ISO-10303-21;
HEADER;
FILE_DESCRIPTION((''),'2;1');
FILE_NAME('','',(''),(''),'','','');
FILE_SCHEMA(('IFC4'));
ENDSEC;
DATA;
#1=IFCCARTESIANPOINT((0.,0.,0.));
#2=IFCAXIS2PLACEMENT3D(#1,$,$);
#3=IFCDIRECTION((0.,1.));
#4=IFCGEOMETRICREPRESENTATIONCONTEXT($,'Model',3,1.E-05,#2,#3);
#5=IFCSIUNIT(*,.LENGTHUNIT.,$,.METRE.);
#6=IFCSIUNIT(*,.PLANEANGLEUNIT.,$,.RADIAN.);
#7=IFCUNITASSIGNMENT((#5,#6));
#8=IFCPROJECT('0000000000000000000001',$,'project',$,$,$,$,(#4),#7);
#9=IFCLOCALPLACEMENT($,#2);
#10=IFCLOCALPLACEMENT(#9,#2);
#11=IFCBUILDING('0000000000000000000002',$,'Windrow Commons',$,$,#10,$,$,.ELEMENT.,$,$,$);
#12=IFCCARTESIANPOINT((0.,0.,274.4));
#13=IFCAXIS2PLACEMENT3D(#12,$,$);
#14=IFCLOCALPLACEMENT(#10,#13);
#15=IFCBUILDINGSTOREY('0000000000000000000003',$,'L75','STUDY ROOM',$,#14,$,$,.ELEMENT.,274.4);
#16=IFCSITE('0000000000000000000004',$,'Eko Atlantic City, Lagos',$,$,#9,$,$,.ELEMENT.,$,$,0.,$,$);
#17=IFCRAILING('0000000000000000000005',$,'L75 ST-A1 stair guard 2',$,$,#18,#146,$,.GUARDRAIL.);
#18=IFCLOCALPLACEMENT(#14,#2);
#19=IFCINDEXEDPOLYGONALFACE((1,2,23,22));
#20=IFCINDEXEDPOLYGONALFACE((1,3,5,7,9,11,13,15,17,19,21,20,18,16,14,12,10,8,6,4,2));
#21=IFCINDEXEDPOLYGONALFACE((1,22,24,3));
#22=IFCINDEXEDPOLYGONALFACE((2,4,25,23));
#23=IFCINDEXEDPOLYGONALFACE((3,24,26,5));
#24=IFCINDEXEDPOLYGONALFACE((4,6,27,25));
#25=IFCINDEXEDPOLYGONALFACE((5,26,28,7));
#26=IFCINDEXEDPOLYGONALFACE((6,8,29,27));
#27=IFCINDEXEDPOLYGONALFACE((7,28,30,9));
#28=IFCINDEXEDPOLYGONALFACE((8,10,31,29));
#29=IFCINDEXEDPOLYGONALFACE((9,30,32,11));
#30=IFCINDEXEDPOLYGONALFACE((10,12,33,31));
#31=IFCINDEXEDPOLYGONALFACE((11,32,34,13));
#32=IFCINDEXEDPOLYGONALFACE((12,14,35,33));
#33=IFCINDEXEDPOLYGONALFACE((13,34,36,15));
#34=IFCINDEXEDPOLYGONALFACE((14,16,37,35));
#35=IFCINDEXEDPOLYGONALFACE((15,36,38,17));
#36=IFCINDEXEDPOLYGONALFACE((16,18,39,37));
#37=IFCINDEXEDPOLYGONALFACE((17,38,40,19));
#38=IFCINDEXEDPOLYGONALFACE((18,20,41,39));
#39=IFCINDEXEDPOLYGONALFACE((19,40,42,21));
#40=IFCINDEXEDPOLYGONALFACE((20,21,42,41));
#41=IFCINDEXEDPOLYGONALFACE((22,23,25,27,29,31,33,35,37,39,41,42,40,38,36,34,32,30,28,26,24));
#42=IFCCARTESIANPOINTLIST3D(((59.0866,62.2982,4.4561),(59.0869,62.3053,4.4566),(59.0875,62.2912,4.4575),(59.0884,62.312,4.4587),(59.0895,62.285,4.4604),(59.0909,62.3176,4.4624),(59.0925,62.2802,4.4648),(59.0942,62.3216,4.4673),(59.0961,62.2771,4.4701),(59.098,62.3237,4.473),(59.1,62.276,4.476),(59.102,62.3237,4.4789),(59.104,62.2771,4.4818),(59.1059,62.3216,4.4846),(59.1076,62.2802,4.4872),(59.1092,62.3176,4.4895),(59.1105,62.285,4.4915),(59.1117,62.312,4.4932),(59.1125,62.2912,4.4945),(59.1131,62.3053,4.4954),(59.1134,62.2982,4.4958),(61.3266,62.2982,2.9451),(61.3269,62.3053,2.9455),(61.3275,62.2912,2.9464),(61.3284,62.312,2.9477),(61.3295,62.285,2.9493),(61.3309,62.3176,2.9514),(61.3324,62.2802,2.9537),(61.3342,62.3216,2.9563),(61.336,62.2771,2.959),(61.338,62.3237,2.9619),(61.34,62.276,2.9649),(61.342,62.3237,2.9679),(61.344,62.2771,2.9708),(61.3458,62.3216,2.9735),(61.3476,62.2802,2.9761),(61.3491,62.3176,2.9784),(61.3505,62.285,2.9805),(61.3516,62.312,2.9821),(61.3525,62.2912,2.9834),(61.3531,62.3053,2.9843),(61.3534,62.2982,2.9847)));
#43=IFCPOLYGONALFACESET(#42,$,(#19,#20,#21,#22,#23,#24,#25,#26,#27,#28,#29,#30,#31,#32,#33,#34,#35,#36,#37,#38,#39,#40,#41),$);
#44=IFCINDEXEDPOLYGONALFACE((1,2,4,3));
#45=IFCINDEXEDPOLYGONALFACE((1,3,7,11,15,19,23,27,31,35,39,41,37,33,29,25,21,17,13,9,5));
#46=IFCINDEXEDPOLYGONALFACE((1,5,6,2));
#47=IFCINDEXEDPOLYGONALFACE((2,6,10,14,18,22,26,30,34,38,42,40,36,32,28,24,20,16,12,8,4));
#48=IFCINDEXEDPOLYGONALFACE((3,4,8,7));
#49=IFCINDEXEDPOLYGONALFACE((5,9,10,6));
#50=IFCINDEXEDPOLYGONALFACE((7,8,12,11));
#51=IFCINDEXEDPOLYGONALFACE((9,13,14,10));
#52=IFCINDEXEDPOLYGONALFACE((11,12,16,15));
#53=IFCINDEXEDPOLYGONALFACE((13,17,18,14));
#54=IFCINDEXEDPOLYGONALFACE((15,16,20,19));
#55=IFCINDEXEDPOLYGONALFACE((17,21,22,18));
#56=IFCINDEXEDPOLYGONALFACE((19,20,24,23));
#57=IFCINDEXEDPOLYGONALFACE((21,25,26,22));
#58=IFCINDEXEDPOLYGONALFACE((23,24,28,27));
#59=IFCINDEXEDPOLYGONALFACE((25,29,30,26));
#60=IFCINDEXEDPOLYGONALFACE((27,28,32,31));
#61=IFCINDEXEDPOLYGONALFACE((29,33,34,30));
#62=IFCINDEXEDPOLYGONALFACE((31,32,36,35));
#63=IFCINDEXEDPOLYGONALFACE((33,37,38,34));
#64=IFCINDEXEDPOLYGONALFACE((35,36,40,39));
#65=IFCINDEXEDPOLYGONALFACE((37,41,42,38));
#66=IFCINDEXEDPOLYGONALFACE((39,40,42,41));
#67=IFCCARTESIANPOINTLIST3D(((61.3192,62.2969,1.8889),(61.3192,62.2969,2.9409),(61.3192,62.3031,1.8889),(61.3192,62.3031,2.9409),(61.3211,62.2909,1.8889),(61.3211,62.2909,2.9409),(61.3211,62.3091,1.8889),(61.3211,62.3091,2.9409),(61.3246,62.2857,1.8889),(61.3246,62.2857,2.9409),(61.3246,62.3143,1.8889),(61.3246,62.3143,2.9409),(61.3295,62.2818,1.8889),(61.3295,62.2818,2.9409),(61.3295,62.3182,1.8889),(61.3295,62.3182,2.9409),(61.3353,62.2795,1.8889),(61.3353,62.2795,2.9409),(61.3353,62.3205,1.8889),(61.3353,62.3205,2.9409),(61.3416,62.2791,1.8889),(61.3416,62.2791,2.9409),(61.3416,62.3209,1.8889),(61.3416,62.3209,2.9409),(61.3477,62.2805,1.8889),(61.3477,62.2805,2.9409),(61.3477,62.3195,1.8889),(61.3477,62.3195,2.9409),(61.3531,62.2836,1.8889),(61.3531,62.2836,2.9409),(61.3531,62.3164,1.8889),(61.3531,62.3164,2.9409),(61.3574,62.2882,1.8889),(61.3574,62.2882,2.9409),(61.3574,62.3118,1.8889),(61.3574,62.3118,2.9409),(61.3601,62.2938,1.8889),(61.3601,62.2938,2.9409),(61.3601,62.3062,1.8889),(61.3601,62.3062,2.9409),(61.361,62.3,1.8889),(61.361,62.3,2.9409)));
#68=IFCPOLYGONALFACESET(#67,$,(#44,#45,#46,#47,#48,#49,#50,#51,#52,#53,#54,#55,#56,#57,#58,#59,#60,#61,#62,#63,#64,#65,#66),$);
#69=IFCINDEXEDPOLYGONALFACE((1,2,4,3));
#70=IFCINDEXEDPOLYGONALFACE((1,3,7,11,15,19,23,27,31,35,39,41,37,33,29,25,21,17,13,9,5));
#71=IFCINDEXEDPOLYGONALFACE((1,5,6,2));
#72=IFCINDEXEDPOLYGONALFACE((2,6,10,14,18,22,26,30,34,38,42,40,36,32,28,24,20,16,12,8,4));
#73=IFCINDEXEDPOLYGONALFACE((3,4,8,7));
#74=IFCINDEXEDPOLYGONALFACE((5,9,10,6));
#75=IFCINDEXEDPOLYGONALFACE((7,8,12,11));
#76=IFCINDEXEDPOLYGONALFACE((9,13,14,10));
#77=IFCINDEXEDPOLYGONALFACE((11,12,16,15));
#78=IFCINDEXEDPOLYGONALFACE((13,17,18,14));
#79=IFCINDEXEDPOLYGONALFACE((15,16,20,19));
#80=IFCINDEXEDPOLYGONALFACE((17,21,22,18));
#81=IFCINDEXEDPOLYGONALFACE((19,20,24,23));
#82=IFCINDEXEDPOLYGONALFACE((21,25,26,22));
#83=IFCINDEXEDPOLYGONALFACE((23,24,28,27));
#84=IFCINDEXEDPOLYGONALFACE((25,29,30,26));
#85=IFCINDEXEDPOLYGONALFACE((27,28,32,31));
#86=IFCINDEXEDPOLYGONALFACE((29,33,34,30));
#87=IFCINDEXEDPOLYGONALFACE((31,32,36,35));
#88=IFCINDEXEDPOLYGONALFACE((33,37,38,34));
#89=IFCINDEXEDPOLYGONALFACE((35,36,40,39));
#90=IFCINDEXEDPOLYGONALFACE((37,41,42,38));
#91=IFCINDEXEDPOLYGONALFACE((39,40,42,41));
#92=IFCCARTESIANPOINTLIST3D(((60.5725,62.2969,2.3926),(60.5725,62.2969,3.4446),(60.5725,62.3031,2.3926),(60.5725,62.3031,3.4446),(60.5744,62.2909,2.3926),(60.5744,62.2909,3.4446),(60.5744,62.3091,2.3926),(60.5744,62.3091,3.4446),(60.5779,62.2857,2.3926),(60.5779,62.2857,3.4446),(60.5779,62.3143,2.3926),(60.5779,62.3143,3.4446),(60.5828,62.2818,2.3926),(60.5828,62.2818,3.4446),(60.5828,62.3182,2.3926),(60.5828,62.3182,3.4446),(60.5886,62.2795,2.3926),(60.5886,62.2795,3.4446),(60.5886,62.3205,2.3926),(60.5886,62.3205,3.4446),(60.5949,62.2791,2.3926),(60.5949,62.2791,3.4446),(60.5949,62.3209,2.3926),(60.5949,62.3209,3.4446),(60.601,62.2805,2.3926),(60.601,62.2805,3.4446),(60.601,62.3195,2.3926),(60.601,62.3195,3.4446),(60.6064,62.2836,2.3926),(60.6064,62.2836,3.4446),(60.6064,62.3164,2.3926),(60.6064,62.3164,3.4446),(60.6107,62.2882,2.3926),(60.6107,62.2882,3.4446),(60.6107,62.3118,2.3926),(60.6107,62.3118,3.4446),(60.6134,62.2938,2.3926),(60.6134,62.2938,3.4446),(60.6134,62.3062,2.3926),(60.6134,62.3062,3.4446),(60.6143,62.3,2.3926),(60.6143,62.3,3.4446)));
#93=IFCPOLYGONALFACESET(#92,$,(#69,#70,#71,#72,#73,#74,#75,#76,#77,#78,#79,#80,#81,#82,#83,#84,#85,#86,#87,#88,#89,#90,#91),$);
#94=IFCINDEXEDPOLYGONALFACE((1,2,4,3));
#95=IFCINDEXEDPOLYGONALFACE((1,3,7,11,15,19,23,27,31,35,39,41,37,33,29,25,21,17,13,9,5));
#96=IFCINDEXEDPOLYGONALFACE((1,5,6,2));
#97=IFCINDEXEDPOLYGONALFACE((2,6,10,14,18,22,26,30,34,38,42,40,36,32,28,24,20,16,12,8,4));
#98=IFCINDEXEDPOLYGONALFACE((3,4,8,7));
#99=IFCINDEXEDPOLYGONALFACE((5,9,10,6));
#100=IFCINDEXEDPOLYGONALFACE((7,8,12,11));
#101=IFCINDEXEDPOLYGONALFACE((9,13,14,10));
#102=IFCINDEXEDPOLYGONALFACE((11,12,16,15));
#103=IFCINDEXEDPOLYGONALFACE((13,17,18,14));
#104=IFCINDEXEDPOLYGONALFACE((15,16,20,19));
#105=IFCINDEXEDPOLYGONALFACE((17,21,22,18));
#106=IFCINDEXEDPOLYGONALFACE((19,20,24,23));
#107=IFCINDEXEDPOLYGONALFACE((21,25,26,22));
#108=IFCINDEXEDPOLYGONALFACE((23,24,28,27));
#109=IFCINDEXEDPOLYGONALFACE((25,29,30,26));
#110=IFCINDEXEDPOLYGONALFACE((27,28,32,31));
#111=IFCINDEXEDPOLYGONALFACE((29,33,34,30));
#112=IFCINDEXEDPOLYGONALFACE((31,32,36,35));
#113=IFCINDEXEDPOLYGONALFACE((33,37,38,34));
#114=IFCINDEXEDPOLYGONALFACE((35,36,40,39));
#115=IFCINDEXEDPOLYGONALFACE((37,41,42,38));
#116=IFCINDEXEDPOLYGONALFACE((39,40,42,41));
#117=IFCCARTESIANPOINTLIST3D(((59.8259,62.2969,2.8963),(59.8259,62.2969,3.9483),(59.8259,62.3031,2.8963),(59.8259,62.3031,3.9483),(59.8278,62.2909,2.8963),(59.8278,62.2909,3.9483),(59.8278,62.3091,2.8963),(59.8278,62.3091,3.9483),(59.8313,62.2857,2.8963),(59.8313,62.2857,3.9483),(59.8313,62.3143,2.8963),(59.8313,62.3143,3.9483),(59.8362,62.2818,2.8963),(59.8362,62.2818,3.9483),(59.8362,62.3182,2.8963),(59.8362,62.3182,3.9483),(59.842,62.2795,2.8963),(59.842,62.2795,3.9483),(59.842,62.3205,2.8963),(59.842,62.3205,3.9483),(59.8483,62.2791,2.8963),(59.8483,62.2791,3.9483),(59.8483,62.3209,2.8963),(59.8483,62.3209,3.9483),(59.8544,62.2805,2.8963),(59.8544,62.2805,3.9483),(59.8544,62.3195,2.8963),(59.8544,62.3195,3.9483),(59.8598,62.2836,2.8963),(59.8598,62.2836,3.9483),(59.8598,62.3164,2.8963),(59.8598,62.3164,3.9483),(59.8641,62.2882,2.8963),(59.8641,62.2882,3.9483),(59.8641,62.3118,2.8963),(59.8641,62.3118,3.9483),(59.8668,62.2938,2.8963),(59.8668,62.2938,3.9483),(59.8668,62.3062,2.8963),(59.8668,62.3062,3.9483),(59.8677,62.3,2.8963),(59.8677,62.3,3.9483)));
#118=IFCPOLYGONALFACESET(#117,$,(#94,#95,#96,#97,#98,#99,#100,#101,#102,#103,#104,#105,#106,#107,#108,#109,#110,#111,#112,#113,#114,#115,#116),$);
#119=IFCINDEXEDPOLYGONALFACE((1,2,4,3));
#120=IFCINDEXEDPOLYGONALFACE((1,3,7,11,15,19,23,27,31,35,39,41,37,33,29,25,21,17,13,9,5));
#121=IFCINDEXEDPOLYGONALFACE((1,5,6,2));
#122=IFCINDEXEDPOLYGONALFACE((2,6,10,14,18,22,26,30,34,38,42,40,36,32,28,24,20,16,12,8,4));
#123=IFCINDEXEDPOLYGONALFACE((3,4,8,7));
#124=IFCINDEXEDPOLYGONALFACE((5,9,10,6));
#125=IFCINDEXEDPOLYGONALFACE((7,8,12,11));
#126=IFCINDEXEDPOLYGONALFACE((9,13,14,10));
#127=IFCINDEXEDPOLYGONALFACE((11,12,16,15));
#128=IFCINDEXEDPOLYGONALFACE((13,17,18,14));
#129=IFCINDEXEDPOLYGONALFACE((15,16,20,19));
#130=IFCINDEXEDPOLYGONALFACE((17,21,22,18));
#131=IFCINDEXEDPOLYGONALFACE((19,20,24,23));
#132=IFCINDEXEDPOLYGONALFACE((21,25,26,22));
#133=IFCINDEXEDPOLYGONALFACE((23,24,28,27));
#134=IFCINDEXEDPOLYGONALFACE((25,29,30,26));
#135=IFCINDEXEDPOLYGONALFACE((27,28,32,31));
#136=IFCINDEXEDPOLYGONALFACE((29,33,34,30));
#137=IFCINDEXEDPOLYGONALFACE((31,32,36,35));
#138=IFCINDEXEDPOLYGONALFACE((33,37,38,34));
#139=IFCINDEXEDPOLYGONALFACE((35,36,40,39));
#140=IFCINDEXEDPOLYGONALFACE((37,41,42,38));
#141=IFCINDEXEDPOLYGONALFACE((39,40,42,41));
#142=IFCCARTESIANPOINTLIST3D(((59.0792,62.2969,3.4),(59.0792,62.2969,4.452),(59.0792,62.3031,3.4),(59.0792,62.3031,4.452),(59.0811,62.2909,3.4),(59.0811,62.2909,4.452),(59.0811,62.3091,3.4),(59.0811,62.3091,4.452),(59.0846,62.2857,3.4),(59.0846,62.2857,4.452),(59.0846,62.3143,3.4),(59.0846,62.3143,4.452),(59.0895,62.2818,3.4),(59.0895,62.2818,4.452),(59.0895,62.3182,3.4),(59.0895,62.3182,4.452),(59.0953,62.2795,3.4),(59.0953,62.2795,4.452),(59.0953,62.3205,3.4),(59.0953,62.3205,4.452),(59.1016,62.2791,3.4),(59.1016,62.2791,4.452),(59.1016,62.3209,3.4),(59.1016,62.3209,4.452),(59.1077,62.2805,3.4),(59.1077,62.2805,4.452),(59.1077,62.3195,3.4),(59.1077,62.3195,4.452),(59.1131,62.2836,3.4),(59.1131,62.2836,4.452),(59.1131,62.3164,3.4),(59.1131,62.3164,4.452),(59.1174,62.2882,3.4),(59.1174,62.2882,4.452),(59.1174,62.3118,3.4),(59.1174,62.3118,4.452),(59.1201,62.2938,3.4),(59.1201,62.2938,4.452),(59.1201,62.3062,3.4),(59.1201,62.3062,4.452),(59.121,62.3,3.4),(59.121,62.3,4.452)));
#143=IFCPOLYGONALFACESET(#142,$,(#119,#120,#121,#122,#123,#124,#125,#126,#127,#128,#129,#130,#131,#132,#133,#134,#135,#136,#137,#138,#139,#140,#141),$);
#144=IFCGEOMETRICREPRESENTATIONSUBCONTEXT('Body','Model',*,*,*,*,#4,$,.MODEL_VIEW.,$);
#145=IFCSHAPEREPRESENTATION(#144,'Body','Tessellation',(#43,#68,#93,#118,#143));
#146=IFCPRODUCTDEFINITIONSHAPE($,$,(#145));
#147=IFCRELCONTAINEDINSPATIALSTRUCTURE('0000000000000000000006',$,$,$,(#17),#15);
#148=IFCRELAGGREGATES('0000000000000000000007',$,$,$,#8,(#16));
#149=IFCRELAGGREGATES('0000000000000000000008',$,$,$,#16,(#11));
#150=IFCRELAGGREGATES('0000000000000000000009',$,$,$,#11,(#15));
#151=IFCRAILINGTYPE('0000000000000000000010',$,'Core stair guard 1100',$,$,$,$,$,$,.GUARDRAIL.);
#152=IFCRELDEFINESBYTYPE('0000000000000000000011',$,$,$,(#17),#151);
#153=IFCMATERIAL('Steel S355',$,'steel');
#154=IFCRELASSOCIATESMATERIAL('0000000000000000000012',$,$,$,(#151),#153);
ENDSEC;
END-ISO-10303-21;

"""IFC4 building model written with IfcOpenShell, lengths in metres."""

from ifc_helpers import new_model, si_unit, direction, frame, origin, origin_2d, place, context, subcontext, project, spatial, circle, extrude, material, type_object, element, save


model = new_model("IFC4")

# Units and contexts
model_context = context("Model", 3, precision=1e-05, world=origin(), true_north=direction((0.0, 1.0)))
body_context = subcontext(model_context, "Body", "Model", "MODEL_VIEW")
ifc_project = project(units=[si_unit("LENGTHUNIT", "METRE"), si_unit("PLANEANGLEUNIT", "RADIAN")], contexts=[model_context])

# Site, building, storey
site_placement = place(None, origin())
site = spatial("IfcSite", under=ifc_project, at=site_placement, Name="Eko Atlantic City, Lagos", CompositionType="ELEMENT", RefElevation=0.0)
building_placement = place(site_placement, origin())
building = spatial("IfcBuilding", under=site, at=building_placement, Name="Windrow Commons", CompositionType="ELEMENT")
storey_placement = place(building_placement, frame((0.0, 0.0, 274.4)))
storey = spatial("IfcBuildingStorey", under=building, at=storey_placement, Name="L75", Description="STUDY ROOM", CompositionType="ELEMENT", Elevation=274.4)

# Railing
ifc_material_1 = material(Name="Steel S355", Category="steel")
railing_type_1 = type_object("IfcRailingType", Name="Core stair guard 1100", PredefinedType="GUARDRAIL", material=ifc_material_1)
railing_1_placement = place(storey_placement, frame((61.34, 62.3, 1.8889)))
element("IfcRailing", 1, at=railing_1_placement, inside=storey, type_object=railing_type_1, Name="L75 ST-A1 stair guard 2", PredefinedType="GUARDRAIL", context=body_context, shape_type="SweptSolid", body=[
    extrude(circle(Radius=0.024, at=origin_2d()), frame((0.0, 0.0, 1.076), z_axis=(-0.829003, 0.0, 0.559244), x_axis=(0.0, -1.0, 0.0)), (0.0, 0.0, 1.0), 2.702),
    extrude(circle(Radius=0.021, at=origin_2d()), origin(), (0.0, 0.0, 1.0), 1.052),
    extrude(circle(Radius=0.021, at=origin_2d()), frame((-0.7467, 0.0, 0.5037)), (0.0, 0.0, 1.0), 1.052),
    extrude(circle(Radius=0.021, at=origin_2d()), frame((-1.4933, 0.0, 1.0074)), (0.0, 0.0, 1.0), 1.052),
    extrude(circle(Radius=0.021, at=origin_2d()), frame((-2.24, 0.0, 1.5111)), (0.0, 0.0, 1.0), 1.052),
])

save(model, "model.ifc")
